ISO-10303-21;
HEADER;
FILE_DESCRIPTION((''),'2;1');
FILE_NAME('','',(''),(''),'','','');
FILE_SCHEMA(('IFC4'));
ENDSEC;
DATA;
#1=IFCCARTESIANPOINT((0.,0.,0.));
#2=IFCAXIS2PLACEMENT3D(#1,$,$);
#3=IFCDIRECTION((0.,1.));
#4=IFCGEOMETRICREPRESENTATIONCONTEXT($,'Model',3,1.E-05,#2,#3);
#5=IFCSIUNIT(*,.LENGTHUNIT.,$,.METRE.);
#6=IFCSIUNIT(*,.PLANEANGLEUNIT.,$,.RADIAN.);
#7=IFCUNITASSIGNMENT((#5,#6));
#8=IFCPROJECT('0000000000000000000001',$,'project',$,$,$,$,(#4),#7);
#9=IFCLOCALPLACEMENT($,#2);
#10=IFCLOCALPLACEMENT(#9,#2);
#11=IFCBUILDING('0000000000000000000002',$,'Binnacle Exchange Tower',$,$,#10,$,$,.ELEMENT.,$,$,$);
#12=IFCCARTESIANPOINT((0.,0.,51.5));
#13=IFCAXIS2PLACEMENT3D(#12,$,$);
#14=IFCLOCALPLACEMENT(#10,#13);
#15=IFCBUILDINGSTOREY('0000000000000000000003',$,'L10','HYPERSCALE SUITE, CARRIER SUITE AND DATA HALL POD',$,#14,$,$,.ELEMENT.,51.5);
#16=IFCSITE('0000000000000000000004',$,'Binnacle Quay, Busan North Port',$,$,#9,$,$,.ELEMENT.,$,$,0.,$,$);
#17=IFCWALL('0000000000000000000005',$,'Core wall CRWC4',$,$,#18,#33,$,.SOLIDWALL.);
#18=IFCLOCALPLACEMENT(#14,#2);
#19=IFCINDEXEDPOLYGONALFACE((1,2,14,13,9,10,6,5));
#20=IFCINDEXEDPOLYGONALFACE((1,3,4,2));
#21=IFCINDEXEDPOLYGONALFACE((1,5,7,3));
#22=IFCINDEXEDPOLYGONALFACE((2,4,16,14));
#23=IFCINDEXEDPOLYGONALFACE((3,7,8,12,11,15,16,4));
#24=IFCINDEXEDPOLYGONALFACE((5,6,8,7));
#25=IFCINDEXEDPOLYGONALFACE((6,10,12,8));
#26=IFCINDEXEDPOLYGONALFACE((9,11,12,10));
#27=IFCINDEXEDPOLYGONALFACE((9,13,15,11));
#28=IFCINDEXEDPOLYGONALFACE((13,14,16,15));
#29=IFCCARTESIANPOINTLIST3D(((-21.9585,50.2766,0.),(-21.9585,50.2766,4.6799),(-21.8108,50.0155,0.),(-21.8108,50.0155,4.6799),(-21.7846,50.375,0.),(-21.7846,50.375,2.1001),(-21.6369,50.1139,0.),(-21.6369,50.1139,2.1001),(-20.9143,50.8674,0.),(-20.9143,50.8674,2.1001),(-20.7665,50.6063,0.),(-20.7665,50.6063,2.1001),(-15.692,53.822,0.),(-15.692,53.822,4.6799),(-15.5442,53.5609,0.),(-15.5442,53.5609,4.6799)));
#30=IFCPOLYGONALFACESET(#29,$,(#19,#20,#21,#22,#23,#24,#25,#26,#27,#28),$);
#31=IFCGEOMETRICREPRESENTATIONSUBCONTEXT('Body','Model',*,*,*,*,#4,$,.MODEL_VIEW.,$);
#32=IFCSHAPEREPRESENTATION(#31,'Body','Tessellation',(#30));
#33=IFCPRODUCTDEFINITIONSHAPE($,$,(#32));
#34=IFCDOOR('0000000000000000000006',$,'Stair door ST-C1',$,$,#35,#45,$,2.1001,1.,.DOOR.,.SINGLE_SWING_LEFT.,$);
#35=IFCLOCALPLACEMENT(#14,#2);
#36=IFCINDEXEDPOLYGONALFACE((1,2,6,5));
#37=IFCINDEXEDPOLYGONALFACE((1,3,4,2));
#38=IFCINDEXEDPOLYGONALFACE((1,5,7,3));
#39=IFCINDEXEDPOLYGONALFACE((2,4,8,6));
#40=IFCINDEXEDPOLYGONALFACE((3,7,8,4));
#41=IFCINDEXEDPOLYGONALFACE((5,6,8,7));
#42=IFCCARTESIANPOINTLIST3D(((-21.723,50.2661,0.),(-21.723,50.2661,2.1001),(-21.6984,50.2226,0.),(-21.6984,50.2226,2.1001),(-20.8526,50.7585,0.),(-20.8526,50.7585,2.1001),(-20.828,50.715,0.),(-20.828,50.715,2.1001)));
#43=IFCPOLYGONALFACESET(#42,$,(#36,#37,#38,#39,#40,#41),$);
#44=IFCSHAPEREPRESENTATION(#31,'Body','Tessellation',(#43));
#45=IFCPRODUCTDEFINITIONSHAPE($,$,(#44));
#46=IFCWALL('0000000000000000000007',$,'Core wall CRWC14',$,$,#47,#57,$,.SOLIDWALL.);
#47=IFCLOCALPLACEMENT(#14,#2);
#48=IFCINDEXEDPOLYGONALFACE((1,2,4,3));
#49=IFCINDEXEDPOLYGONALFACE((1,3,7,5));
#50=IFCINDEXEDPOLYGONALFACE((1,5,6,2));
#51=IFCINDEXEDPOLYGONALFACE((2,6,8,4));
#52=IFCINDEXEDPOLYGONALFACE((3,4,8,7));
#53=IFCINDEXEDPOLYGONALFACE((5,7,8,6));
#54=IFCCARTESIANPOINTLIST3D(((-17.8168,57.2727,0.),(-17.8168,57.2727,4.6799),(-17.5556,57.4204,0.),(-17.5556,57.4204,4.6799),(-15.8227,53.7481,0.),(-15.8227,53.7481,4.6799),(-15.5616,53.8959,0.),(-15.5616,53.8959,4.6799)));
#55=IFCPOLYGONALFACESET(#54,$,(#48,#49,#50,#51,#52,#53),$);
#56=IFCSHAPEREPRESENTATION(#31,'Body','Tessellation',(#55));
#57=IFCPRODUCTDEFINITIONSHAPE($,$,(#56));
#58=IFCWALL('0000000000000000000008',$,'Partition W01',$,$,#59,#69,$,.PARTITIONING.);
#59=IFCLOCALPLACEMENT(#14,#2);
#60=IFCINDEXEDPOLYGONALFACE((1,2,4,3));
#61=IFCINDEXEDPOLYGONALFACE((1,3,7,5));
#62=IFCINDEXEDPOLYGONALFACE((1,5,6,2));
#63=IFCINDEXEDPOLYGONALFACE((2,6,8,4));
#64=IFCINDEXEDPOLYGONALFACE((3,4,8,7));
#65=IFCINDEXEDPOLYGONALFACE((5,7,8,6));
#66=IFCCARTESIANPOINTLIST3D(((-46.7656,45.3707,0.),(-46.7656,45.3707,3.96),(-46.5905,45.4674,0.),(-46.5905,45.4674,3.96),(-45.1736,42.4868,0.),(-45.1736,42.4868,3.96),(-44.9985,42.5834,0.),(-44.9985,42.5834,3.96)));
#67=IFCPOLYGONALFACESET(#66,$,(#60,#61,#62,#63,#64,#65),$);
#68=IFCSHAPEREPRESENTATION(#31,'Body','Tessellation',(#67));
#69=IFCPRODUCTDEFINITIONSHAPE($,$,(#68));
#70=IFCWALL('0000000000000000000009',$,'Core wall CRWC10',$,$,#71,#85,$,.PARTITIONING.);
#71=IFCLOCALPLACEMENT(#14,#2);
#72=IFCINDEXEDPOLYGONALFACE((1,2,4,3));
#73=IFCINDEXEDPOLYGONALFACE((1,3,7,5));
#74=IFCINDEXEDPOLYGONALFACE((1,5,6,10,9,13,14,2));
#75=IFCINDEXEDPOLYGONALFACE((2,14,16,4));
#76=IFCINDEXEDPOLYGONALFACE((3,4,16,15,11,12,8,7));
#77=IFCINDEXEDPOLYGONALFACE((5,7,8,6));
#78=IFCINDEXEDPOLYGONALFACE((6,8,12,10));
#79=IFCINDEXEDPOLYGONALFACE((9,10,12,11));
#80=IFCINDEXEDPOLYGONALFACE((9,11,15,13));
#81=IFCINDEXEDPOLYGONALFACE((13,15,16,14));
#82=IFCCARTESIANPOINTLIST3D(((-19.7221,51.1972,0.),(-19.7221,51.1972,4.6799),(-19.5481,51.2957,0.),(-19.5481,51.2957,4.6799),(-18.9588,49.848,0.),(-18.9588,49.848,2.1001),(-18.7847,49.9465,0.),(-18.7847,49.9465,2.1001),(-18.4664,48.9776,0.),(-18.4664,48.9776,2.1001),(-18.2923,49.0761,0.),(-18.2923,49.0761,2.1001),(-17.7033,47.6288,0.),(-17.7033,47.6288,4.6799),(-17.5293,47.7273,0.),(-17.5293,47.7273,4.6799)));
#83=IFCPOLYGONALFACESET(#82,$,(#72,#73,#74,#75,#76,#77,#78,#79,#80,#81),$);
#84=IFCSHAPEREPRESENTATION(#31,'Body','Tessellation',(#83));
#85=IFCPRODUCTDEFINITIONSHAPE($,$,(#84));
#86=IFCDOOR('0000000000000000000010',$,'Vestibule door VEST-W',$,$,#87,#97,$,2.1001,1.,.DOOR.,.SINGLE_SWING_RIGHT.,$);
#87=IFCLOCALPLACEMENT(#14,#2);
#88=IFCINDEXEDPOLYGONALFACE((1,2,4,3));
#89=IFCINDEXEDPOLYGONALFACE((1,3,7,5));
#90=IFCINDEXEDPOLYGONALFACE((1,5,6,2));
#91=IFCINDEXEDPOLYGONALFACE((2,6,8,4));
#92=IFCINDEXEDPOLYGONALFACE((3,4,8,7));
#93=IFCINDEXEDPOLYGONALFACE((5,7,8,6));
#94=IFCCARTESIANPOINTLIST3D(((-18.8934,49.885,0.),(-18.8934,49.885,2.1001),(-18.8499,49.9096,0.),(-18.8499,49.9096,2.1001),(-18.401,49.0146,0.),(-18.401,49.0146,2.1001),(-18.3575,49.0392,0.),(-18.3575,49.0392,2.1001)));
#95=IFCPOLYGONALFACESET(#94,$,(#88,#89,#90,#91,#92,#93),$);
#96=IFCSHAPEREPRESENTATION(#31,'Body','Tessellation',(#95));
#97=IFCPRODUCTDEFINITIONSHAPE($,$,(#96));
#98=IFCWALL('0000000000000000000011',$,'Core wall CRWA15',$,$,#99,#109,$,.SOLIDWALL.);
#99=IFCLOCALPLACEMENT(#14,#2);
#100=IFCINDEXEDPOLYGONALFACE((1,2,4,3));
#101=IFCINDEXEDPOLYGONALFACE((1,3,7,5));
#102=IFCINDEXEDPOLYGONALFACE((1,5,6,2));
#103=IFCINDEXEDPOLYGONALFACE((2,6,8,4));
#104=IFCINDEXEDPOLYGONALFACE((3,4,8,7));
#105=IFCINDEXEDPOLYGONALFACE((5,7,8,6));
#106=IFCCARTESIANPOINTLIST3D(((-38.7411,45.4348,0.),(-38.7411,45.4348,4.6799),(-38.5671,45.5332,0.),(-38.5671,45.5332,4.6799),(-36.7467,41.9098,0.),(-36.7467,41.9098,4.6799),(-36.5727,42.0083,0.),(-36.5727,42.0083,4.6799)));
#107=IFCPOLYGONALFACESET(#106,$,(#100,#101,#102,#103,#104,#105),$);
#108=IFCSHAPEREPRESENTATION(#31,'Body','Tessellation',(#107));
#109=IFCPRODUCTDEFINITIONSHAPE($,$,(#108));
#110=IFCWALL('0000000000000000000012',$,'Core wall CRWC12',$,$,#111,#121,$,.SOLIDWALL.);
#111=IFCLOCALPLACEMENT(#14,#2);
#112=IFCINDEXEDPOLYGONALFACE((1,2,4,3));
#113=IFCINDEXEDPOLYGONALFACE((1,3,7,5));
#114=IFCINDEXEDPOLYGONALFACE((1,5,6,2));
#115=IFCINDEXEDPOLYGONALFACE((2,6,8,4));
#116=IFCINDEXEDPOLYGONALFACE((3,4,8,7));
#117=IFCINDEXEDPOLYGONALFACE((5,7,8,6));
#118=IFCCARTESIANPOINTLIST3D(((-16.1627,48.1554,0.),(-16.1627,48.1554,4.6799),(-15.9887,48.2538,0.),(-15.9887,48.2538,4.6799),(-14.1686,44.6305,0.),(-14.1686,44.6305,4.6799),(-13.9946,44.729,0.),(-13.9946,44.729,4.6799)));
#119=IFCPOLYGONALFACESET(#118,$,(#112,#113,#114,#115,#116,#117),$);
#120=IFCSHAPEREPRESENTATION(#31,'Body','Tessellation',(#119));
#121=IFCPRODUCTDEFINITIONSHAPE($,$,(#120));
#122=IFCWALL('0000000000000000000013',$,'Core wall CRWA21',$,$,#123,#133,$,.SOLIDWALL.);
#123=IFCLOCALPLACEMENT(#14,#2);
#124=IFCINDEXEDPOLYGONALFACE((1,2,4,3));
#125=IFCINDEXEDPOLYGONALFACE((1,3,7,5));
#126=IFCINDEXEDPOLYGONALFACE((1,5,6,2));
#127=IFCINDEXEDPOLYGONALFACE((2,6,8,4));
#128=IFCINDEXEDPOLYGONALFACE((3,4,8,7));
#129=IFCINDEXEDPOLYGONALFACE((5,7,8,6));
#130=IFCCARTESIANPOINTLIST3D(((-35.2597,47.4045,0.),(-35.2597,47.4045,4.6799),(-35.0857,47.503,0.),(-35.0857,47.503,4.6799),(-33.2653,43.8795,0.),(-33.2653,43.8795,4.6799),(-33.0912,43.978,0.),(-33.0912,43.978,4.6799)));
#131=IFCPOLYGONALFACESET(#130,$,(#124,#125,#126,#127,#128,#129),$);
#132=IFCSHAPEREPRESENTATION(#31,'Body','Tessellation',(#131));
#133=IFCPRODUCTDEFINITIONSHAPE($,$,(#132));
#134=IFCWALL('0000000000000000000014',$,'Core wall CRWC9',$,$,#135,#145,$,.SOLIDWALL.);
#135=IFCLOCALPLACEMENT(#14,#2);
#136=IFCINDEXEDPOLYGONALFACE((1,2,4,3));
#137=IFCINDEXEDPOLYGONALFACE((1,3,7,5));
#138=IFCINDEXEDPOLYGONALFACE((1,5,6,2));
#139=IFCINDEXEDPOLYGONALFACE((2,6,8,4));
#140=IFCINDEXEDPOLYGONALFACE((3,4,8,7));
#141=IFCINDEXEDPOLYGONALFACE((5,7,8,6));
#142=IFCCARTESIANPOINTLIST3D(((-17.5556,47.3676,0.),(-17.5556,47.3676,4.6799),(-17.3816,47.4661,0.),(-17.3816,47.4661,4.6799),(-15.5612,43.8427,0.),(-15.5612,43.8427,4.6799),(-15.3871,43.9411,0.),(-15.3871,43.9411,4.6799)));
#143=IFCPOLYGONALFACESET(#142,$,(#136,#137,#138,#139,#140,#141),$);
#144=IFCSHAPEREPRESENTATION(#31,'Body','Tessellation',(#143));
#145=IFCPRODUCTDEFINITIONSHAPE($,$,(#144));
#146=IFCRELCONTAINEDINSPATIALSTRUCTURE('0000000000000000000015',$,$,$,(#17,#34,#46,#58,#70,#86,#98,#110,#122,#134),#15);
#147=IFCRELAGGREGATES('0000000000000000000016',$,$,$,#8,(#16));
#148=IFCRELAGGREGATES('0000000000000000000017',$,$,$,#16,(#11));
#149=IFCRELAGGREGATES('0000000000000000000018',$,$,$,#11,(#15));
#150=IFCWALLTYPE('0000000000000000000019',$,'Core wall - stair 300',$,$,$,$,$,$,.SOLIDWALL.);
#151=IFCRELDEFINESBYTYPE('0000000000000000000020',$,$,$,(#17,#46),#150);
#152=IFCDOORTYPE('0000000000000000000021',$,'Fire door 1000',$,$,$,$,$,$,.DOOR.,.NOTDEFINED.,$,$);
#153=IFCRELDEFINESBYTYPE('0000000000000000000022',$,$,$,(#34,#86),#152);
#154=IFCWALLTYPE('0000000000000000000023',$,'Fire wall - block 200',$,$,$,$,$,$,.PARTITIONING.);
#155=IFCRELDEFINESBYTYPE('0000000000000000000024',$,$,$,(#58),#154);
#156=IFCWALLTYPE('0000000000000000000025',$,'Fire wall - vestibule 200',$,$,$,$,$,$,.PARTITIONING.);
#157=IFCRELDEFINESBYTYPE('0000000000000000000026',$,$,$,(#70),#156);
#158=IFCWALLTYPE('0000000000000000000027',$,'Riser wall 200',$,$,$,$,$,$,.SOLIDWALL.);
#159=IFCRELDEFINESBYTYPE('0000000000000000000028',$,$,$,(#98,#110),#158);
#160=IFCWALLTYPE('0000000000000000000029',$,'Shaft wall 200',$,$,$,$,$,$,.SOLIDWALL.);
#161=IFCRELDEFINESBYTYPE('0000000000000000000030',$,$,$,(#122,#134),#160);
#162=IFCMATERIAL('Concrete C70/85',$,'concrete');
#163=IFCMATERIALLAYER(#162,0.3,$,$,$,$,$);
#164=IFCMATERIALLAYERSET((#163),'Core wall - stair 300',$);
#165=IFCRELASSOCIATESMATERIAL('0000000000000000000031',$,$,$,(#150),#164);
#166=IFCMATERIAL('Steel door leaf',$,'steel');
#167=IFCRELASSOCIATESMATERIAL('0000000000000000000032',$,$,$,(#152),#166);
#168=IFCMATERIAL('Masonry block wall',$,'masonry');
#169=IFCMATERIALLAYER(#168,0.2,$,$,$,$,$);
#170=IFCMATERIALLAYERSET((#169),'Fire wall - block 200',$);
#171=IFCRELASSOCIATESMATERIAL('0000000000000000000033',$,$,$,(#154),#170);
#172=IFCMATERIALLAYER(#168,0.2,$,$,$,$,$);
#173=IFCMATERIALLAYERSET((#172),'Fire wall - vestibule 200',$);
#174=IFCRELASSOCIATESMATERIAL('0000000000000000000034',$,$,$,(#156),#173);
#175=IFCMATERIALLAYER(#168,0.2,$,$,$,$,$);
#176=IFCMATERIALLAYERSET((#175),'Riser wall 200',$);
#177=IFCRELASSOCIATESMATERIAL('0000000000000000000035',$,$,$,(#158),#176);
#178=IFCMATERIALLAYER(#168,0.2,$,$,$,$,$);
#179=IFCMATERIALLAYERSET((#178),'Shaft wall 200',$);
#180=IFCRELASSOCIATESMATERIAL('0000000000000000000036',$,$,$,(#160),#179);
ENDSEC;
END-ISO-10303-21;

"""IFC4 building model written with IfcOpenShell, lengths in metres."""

from ifc_helpers import new_model, si_unit, direction, frame, frame_2d, origin, place, context, subcontext, project, spatial, rectangle, extrude, material, layer, layer_set, type_object, element, fill, save


model = new_model("IFC4")

# Units and contexts
model_context = context("Model", 3, precision=1e-05, world=origin(), true_north=direction((0.0, 1.0)))
body_context = subcontext(model_context, "Body", "Model", "MODEL_VIEW")
ifc_project = project(units=[si_unit("LENGTHUNIT", "METRE"), si_unit("PLANEANGLEUNIT", "RADIAN")], contexts=[model_context])

# Site, building, storey
site_placement = place(None, origin())
site = spatial("IfcSite", under=ifc_project, at=site_placement, Name="Binnacle Quay, Busan North Port", CompositionType="ELEMENT", RefElevation=0.0)
building_placement = place(site_placement, origin())
building = spatial("IfcBuilding", under=site, at=building_placement, Name="Binnacle Exchange Tower", CompositionType="ELEMENT")
storey_placement = place(building_placement, frame((0.0, 0.0, 51.5)))
storey = spatial("IfcBuildingStorey", under=building, at=storey_placement, Name="L10", Description="HYPERSCALE SUITE, CARRIER SUITE AND DATA HALL POD", CompositionType="ELEMENT", Elevation=51.5)

# Shared definitions
ifc_material_1 = material(Name="Concrete C70/85", Category="concrete")

# Shared definitions
ifc_material_2 = material(Name="Steel door leaf", Category="steel")

# Wall, opening, door
ifc_layer_1 = layer(ifc_material_1, 0.3)
ifc_layer_set_1 = layer_set([ifc_layer_1], Name="Core wall - stair 300")
wall_type_1 = type_object("IfcWallType", Name="Core wall - stair 300", PredefinedType="SOLIDWALL", material=ifc_layer_set_1)
wall_1_placement = place(storey_placement, frame((-21.8848, 50.146, 0.0), z_axis=(0.0, 0.0, 1.0), x_axis=(0.870359, 0.492417, 0.0)))
wall_1 = element("IfcWall", 1, at=wall_1_placement, inside=storey, type_object=wall_type_1, Name="Core wall CRWC4", PredefinedType="SOLIDWALL", context=body_context, shape_type="SweptSolid", body=[
    extrude(rectangle(XDim=7.2, YDim=0.3, at=frame_2d((3.6001, 0.0))), origin(), (0.0, 0.0, 1.0), 4.6799),
])
opening_1_placement = place(wall_1_placement, frame((0.2, 0.0, 0.0)))
opening_1 = element("IfcOpeningElement", 2, at=opening_1_placement, cuts=wall_1, PredefinedType="OPENING", context=body_context, shape_type="SweptSolid", body=[
    extrude(rectangle(XDim=1.0, YDim=2.1001, at=frame_2d((0.5, 1.05))), frame((0.0, 0.1599, 0.0), z_axis=(0.0, -1.0, 0.0), x_axis=(1.0, 0.0, 0.0)), (0.0, 0.0, 1.0), 0.3201),
])
door_type_1 = type_object("IfcDoorType", Name="Fire door 1000", OperationType="NOTDEFINED", PredefinedType="DOOR", material=ifc_material_2)
door_1_placement = place(opening_1_placement, origin())
door_1 = element("IfcDoor", 3, at=door_1_placement, inside=storey, type_object=door_type_1, Name="Stair door ST-C1", OperationType="SINGLE_SWING_LEFT", OverallHeight=2.1001, OverallWidth=1.0, PredefinedType="DOOR", context=body_context, shape_type="SweptSolid", body=[
    extrude(rectangle(XDim=1.0, YDim=2.1001, at=frame_2d((0.5, 1.05))), frame((0.0, 0.0249, 0.0), z_axis=(0.0, -1.0, 0.0), x_axis=(1.0, 0.0, 0.0)), (0.0, 0.0, 1.0), 0.05),
])
fill(opening_1, door_1)

# Walls
wall_2_placement = place(storey_placement, frame((-17.6863, 57.3467, 0.0), z_axis=(0.0, 0.0, 1.0), x_axis=(0.492421, -0.870357, 0.0)))
element("IfcWall", 4, at=wall_2_placement, inside=storey, type_object=wall_type_1, Name="Core wall CRWC14", PredefinedType="SOLIDWALL", context=body_context, shape_type="SweptSolid", body=[
    extrude(rectangle(XDim=4.0496, YDim=0.3, at=frame_2d((2.0249, 0.0))), origin(), (0.0, 0.0, 1.0), 4.6799),
])
ifc_material_3 = material(Name="Masonry block wall", Category="masonry")
ifc_layer_2 = layer(ifc_material_3, 0.2)
ifc_layer_set_2 = layer_set([ifc_layer_2], Name="Fire wall - block 200")
wall_type_2 = type_object("IfcWallType", Name="Fire wall - block 200", PredefinedType="PARTITIONING", material=ifc_layer_set_2)
wall_3_placement = place(storey_placement, frame((-46.678, 45.4189, 0.0), z_axis=(0.0, 0.0, 1.0), x_axis=(0.483275, -0.875468, 0.0)))
element("IfcWall", 5, at=wall_3_placement, inside=storey, type_object=wall_type_2, Name="Partition W01", PredefinedType="PARTITIONING", context=body_context, shape_type="SweptSolid", body=[
    extrude(rectangle(XDim=3.2942, YDim=0.2, at=frame_2d((1.647, 0.0))), origin(), (0.0, 0.0, 1.0), 3.96),
])

# Wall, opening, door
ifc_layer_3 = layer(ifc_material_3, 0.2)
ifc_layer_set_3 = layer_set([ifc_layer_3], Name="Fire wall - vestibule 200")
wall_type_3 = type_object("IfcWallType", Name="Fire wall - vestibule 200", PredefinedType="PARTITIONING", material=ifc_layer_set_3)
wall_4_placement = place(storey_placement, frame((-19.635, 51.2463, 0.0), z_axis=(0.0, 0.0, 1.0), x_axis=(0.492408, -0.870364, 0.0)))
wall_4 = element("IfcWall", 6, at=wall_4_placement, inside=storey, type_object=wall_type_3, Name="Core wall CRWC10", PredefinedType="PARTITIONING", context=body_context, shape_type="SweptSolid", body=[
    extrude(rectangle(XDim=4.0999, YDim=0.2, at=frame_2d((2.0498, 0.0))), origin(), (0.0, 0.0, 1.0), 4.6799),
])
opening_2_placement = place(wall_4_placement, frame((1.55, 0.0, 0.0)))
opening_2 = element("IfcOpeningElement", 7, at=opening_2_placement, cuts=wall_4, PredefinedType="OPENING", context=body_context, shape_type="SweptSolid", body=[
    extrude(rectangle(XDim=1.0, YDim=2.1001, at=frame_2d((0.5, 1.05))), frame((0.0, 0.1099, 0.0), z_axis=(0.0, -1.0, 0.0), x_axis=(1.0, 0.0, 0.0)), (0.0, 0.0, 1.0), 0.22),
])
door_2_placement = place(opening_2_placement, frame((1.0, 0.0, 0.0), z_axis=(0.0, 0.0, 1.0), x_axis=(-1.0, 0.0, 0.0)))
door_2 = element("IfcDoor", 8, at=door_2_placement, inside=storey, type_object=door_type_1, Name="Vestibule door VEST-W", OperationType="SINGLE_SWING_RIGHT", OverallHeight=2.1001, OverallWidth=1.0, PredefinedType="DOOR", context=body_context, shape_type="SweptSolid", body=[
    extrude(rectangle(XDim=1.0, YDim=2.1001, at=frame_2d((0.5, 1.05))), frame((0.0, 0.0249, 0.0), z_axis=(0.0, -1.0, 0.0), x_axis=(1.0, 0.0, 0.0)), (0.0, 0.0, 1.0), 0.05),
])
fill(opening_2, door_2)

# Walls
ifc_layer_4 = layer(ifc_material_3, 0.2)
ifc_layer_set_4 = layer_set([ifc_layer_4], Name="Riser wall 200")
wall_type_4 = type_object("IfcWallType", Name="Riser wall 200", PredefinedType="SOLIDWALL", material=ifc_layer_set_4)
wall_5_placement = place(storey_placement, frame((-38.6541, 45.4839, 0.0), z_axis=(0.0, 0.0, 1.0), x_axis=(0.492441, -0.870346, 0.0)))
element("IfcWall", 9, at=wall_5_placement, inside=storey, type_object=wall_type_4, Name="Core wall CRWA15", PredefinedType="SOLIDWALL", context=body_context, shape_type="SweptSolid", body=[
    extrude(rectangle(XDim=4.05, YDim=0.2, at=frame_2d((2.0249, 0.0))), origin(), (0.0, 0.0, 1.0), 4.6799),
])
wall_6_placement = place(storey_placement, frame((-16.0757, 48.2046, 0.0), z_axis=(0.0, 0.0, 1.0), x_axis=(0.492395, -0.870372, 0.0)))
element("IfcWall", 10, at=wall_6_placement, inside=storey, type_object=wall_type_4, Name="Core wall CRWC12", PredefinedType="SOLIDWALL", context=body_context, shape_type="SweptSolid", body=[
    extrude(rectangle(XDim=4.0498, YDim=0.2, at=frame_2d((2.0249, 0.0))), origin(), (0.0, 0.0, 1.0), 4.6799),
])
ifc_layer_5 = layer(ifc_material_3, 0.2)
ifc_layer_set_5 = layer_set([ifc_layer_5], Name="Shaft wall 200")
wall_type_5 = type_object("IfcWallType", Name="Shaft wall 200", PredefinedType="SOLIDWALL", material=ifc_layer_set_5)
for number, where, z_axis, x_axis, name in (
    (11, (-35.1726, 47.4536, 0.0), (0.0, 0.0, 1.0), (0.492441, -0.870346, 0.0), "Core wall CRWA21"),
    (12, (-17.4685, 47.4167, 0.0), (0.0, 0.0, 1.0), (0.492441, -0.870346, 0.0), "Core wall CRWC9"),
):
    element("IfcWall", number, at=place(storey_placement, frame(where, z_axis=z_axis, x_axis=x_axis)), inside=storey, type_object=wall_type_5, Name=name, PredefinedType="SOLIDWALL", context=body_context, shape_type="SweptSolid", body=[
        extrude(rectangle(XDim=4.05, YDim=0.2, at=frame_2d((2.0249, 0.0))), origin(), (0.0, 0.0, 1.0), 4.6799),
    ])

save(model, "model.ifc")
